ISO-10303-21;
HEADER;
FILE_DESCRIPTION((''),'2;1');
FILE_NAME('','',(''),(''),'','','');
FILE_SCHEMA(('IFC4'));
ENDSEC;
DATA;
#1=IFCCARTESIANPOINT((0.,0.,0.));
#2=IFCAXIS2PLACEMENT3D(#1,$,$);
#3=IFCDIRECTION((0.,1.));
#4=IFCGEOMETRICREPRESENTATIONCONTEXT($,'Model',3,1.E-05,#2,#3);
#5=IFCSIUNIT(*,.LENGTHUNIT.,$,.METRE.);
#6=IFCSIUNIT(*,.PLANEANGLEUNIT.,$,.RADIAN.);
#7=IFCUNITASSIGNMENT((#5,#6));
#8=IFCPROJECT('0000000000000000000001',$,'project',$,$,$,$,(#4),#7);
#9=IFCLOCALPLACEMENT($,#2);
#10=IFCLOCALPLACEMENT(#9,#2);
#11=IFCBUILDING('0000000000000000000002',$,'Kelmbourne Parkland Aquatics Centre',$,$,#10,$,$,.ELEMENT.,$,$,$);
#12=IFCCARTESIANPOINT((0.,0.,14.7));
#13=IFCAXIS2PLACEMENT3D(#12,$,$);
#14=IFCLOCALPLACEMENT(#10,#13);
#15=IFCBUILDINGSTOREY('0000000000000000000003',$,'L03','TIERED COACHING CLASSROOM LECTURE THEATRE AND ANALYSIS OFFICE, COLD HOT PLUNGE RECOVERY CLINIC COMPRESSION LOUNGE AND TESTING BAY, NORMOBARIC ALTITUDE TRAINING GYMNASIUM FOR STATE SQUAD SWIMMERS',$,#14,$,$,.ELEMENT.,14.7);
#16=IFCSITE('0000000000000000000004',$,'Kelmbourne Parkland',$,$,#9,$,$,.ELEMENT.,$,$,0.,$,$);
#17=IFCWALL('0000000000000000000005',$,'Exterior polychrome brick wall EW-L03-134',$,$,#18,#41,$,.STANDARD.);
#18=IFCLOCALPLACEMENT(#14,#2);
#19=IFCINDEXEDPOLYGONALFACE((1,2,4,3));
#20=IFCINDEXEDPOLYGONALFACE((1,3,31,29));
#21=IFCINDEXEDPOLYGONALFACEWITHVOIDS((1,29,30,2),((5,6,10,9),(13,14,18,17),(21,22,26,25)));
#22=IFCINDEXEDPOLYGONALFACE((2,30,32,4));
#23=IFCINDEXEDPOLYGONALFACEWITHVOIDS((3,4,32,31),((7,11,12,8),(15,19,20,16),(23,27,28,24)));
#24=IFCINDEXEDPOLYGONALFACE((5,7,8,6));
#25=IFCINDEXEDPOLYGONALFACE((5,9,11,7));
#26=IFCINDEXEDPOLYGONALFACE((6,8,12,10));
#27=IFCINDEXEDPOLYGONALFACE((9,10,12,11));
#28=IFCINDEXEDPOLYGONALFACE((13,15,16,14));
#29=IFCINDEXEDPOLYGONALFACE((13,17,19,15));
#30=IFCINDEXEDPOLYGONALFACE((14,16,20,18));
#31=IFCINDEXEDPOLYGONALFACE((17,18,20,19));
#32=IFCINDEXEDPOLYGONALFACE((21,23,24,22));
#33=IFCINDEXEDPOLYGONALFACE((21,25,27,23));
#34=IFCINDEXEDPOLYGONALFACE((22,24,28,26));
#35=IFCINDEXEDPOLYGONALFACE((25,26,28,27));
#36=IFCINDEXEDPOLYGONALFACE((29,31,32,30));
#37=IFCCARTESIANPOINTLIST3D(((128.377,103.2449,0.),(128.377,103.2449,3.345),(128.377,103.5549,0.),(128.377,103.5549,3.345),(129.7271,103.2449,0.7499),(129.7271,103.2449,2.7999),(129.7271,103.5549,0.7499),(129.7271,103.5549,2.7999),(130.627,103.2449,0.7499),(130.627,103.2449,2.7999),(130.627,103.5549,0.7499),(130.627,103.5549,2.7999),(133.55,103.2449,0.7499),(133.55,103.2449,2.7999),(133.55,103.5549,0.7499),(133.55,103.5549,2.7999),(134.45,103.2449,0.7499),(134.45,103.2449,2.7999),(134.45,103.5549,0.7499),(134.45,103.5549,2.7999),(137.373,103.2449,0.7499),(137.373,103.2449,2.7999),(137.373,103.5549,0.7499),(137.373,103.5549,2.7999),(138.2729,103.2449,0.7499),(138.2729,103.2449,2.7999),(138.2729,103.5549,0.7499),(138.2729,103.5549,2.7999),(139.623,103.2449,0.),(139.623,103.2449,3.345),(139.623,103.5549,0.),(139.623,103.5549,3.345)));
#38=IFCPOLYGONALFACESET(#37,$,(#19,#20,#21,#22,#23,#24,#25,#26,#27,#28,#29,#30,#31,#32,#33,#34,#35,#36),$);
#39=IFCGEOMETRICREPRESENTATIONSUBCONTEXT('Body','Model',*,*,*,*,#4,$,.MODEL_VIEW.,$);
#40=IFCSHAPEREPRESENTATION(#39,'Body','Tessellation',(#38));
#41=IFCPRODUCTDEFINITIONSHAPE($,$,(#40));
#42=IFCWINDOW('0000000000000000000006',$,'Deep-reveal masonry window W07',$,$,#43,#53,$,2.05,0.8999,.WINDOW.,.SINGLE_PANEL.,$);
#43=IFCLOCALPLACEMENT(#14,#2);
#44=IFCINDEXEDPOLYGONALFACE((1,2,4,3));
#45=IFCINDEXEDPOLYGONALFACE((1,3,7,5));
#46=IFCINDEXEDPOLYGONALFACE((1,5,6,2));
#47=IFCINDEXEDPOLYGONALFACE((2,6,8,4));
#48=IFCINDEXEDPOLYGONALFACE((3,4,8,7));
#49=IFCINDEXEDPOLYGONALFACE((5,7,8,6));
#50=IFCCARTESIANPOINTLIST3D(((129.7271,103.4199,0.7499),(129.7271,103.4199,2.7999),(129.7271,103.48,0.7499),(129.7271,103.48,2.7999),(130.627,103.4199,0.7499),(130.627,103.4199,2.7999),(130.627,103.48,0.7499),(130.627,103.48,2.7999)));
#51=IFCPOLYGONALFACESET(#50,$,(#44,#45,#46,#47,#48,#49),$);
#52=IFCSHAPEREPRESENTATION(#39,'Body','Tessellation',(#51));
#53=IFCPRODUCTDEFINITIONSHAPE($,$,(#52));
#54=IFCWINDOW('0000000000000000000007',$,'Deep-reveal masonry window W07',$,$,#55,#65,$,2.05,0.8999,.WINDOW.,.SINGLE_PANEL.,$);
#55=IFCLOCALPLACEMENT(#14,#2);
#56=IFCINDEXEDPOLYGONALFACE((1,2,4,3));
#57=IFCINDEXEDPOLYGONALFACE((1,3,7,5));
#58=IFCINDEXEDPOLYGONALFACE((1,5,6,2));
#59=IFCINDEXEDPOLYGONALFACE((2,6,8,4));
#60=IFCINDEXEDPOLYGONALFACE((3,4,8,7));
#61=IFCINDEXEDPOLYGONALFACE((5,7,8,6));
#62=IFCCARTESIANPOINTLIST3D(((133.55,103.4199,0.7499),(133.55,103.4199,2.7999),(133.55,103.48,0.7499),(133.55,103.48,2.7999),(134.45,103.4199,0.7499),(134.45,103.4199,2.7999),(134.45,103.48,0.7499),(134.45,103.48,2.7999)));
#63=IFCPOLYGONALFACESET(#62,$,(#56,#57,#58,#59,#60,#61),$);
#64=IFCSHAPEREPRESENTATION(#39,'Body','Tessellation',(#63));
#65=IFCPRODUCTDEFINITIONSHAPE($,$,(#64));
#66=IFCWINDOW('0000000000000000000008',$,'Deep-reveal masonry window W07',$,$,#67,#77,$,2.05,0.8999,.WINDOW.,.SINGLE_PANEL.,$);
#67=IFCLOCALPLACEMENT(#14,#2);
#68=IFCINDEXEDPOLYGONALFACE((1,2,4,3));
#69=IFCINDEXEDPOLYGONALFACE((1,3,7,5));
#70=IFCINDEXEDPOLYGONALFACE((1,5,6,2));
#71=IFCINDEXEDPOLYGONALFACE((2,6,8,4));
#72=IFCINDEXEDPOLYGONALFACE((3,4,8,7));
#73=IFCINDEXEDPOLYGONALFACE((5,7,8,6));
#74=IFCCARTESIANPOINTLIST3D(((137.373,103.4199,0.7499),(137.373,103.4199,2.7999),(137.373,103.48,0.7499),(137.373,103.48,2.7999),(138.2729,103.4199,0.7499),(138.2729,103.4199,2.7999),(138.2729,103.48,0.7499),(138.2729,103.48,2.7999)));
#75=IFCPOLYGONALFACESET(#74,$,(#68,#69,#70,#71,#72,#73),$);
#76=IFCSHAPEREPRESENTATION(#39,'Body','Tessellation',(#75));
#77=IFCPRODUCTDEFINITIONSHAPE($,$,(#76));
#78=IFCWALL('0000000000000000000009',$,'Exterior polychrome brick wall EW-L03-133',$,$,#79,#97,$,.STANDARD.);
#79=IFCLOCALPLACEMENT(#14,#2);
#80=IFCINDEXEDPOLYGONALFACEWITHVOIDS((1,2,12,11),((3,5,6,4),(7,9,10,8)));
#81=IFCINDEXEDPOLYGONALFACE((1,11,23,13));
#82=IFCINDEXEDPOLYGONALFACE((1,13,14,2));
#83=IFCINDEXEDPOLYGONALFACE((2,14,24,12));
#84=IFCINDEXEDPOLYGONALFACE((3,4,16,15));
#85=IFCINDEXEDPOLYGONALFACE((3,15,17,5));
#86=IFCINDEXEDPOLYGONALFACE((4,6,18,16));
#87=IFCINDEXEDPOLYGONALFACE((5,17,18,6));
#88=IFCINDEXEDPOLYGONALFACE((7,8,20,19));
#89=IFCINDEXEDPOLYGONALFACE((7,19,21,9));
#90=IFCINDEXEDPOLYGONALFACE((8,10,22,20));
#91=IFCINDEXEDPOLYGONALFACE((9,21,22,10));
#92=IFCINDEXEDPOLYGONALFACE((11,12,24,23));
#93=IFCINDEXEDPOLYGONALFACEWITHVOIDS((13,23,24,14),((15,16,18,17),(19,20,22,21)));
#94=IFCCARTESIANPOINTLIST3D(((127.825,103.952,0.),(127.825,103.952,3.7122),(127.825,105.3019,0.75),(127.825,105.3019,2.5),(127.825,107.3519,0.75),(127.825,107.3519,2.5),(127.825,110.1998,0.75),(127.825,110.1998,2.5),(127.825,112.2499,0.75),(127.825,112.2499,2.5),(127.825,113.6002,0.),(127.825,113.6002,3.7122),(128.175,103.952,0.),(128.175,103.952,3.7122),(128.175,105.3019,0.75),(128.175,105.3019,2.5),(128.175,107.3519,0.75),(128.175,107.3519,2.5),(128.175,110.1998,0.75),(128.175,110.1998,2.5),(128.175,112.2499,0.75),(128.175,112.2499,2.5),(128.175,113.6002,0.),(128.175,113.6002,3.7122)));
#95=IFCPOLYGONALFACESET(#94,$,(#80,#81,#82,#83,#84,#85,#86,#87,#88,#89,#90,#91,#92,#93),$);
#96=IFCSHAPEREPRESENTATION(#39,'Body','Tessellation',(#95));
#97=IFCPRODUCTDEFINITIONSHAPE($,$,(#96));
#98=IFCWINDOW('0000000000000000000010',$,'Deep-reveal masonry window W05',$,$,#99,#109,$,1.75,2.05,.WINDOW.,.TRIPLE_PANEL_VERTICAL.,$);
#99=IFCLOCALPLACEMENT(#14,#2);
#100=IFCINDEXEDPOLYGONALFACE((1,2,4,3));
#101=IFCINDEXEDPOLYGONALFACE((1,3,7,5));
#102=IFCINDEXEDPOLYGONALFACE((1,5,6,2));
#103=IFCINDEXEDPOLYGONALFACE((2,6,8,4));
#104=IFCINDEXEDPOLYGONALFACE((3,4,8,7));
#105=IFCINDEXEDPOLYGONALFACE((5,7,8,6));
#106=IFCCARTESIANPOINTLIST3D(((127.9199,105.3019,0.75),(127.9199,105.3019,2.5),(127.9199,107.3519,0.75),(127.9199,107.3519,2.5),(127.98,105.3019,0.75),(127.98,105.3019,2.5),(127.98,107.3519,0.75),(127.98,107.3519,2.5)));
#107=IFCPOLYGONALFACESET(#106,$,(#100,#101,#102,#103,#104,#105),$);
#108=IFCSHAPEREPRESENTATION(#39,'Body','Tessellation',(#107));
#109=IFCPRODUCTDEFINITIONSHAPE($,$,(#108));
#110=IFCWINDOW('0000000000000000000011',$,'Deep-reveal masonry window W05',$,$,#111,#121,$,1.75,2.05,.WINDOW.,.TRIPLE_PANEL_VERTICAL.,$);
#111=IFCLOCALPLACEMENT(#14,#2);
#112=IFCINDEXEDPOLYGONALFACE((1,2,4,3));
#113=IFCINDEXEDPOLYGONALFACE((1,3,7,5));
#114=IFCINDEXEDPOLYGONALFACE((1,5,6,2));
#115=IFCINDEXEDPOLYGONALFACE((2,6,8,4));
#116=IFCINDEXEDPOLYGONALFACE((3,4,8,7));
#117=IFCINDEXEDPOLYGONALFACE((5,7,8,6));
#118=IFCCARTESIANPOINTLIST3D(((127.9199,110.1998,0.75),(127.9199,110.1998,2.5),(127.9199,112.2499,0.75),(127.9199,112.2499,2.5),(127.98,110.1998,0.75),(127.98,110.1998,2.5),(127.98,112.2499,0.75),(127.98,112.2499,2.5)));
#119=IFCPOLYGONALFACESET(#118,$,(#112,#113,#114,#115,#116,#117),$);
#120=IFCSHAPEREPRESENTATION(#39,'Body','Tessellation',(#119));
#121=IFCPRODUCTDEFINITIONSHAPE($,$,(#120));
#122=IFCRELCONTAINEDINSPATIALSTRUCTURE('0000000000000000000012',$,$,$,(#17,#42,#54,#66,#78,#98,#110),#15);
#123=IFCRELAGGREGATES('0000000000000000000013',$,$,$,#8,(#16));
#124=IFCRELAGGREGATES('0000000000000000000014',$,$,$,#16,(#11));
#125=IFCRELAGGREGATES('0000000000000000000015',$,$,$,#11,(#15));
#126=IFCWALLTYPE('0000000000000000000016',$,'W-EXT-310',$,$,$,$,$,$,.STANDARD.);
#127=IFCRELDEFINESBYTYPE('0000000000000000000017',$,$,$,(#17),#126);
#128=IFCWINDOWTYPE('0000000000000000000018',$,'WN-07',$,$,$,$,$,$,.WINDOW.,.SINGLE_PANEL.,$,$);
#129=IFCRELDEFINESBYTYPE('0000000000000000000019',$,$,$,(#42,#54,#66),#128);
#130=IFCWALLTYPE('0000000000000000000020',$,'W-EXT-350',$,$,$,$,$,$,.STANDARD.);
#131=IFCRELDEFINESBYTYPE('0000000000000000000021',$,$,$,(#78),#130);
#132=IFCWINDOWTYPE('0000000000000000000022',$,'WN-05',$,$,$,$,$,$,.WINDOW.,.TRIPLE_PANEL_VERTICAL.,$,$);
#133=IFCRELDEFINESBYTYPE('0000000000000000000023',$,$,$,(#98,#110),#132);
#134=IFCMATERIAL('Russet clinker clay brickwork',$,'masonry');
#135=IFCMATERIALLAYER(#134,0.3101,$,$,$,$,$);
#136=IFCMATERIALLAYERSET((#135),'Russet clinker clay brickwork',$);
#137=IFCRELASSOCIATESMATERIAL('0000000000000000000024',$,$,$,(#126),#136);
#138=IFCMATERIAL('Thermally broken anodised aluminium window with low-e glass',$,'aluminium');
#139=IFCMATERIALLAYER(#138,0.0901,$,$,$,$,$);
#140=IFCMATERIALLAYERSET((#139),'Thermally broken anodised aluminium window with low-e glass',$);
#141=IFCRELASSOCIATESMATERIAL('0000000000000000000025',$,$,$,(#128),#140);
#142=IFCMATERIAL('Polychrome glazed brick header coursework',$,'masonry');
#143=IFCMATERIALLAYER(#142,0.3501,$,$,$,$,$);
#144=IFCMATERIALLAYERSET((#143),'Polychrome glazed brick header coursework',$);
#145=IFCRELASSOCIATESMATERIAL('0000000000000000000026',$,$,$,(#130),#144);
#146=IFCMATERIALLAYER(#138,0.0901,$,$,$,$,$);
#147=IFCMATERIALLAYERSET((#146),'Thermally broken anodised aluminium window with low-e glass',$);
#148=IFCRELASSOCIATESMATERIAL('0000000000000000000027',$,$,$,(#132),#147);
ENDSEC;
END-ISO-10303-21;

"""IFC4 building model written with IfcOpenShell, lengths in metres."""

from ifc_helpers import new_model, si_unit, direction, frame, frame_2d, origin, place, context, subcontext, project, spatial, rectangle, extrude, material, layer, layer_set, type_object, element, fill, save


model = new_model("IFC4")

# Units and contexts
model_context = context("Model", 3, precision=1e-05, world=origin(), true_north=direction((0.0, 1.0)))
body_context = subcontext(model_context, "Body", "Model", "MODEL_VIEW")
ifc_project = project(units=[si_unit("LENGTHUNIT", "METRE"), si_unit("PLANEANGLEUNIT", "RADIAN")], contexts=[model_context])

# Site, building, storey
site_placement = place(None, origin())
site = spatial("IfcSite", under=ifc_project, at=site_placement, Name="Kelmbourne Parkland", CompositionType="ELEMENT", RefElevation=0.0)
building_placement = place(site_placement, origin())
building = spatial("IfcBuilding", under=site, at=building_placement, Name="Kelmbourne Parkland Aquatics Centre", CompositionType="ELEMENT")
storey_placement = place(building_placement, frame((0.0, 0.0, 14.7)))
storey = spatial("IfcBuildingStorey", under=building, at=storey_placement, Name="L03", Description="TIERED COACHING CLASSROOM LECTURE THEATRE AND ANALYSIS OFFICE, COLD HOT PLUNGE RECOVERY CLINIC COMPRESSION LOUNGE AND TESTING BAY, NORMOBARIC ALTITUDE TRAINING GYMNASIUM FOR STATE SQUAD SWIMMERS", CompositionType="ELEMENT", Elevation=14.7)

# Walls, openings, windows
ifc_material_1 = material(Name="Russet clinker clay brickwork", Category="masonry")
ifc_layer_1 = layer(ifc_material_1, 0.3101)
ifc_layer_set_1 = layer_set([ifc_layer_1], Name="Russet clinker clay brickwork")
wall_type_1 = type_object("IfcWallType", Name="W-EXT-310", PredefinedType="STANDARD", material=ifc_layer_set_1)
wall_1_placement = place(storey_placement, frame((128.377, 103.3999, 0.0), z_axis=(0.0, 0.0, 1.0), x_axis=(1.0, 0.0, 0.0)))
wall_1 = element("IfcWall", 1, at=wall_1_placement, inside=storey, type_object=wall_type_1, Name="Exterior polychrome brick wall EW-L03-134", PredefinedType="STANDARD", context=body_context, shape_type="SweptSolid", body=[
    extrude(rectangle(XDim=11.2461, YDim=0.3101, at=frame_2d((5.623, 0.0))), origin(), (0.0, 0.0, 1.0), 3.345),
])
opening_1_placement = place(wall_1_placement, frame((1.3501, 0.0, 0.75)))
opening_1 = element("IfcOpeningElement", 2, at=opening_1_placement, cuts=wall_1, PredefinedType="OPENING", context=body_context, shape_type="SweptSolid", body=[
    extrude(rectangle(XDim=0.8999, YDim=2.05, at=frame_2d((0.45, 1.0249))), frame((0.0, 0.167, 0.0), z_axis=(0.0, -1.0, 0.0), x_axis=(1.0, 0.0, 0.0)), (0.0, 0.0, 1.0), 0.334),
])
opening_2_placement = place(wall_1_placement, frame((5.1731, 0.0, 0.75)))
opening_2 = element("IfcOpeningElement", 3, at=opening_2_placement, cuts=wall_1, PredefinedType="OPENING", context=body_context, shape_type="SweptSolid", body=[
    extrude(rectangle(XDim=0.8999, YDim=2.05, at=frame_2d((0.45, 1.0249))), frame((0.0, 0.167, 0.0), z_axis=(0.0, -1.0, 0.0), x_axis=(1.0, 0.0, 0.0)), (0.0, 0.0, 1.0), 0.334),
])
opening_3_placement = place(wall_1_placement, frame((8.9961, 0.0, 0.75)))
opening_3 = element("IfcOpeningElement", 4, at=opening_3_placement, cuts=wall_1, PredefinedType="OPENING", context=body_context, shape_type="SweptSolid", body=[
    extrude(rectangle(XDim=0.8999, YDim=2.05, at=frame_2d((0.45, 1.0249))), frame((0.0, 0.167, 0.0), z_axis=(0.0, -1.0, 0.0), x_axis=(1.0, 0.0, 0.0)), (0.0, 0.0, 1.0), 0.334),
])
ifc_material_2 = material(Name="Thermally broken anodised aluminium window with low-e glass", Category="aluminium")
ifc_layer_2 = layer(ifc_material_2, 0.0901)
ifc_layer_set_2 = layer_set([ifc_layer_2], Name="Thermally broken anodised aluminium window with low-e glass")
window_type_1 = type_object("IfcWindowType", Name="WN-07", PartitioningType="SINGLE_PANEL", PredefinedType="WINDOW", material=ifc_layer_set_2)
window_1_placement = place(opening_1_placement, origin())
window_1 = element("IfcWindow", 5, at=window_1_placement, inside=storey, type_object=window_type_1, Name="Deep-reveal masonry window W07", OverallHeight=2.05, OverallWidth=0.8999, PartitioningType="SINGLE_PANEL", PredefinedType="WINDOW", context=body_context, shape_type="SweptSolid", body=[
    extrude(rectangle(XDim=0.8999, YDim=2.05, at=frame_2d((0.45, 1.0249))), frame((0.0, 0.0801, 0.0), z_axis=(0.0, -1.0, 0.0), x_axis=(1.0, 0.0, 0.0)), (0.0, 0.0, 1.0), 0.0601),
])
fill(opening_1, window_1)
window_2_placement = place(opening_2_placement, origin())
window_2 = element("IfcWindow", 6, at=window_2_placement, inside=storey, type_object=window_type_1, Name="Deep-reveal masonry window W07", OverallHeight=2.05, OverallWidth=0.8999, PartitioningType="SINGLE_PANEL", PredefinedType="WINDOW", context=body_context, shape_type="SweptSolid", body=[
    extrude(rectangle(XDim=0.8999, YDim=2.05, at=frame_2d((0.45, 1.0249))), frame((0.0, 0.0801, 0.0), z_axis=(0.0, -1.0, 0.0), x_axis=(1.0, 0.0, 0.0)), (0.0, 0.0, 1.0), 0.0601),
])
fill(opening_2, window_2)
window_3_placement = place(opening_3_placement, origin())
window_3 = element("IfcWindow", 7, at=window_3_placement, inside=storey, type_object=window_type_1, Name="Deep-reveal masonry window W07", OverallHeight=2.05, OverallWidth=0.8999, PartitioningType="SINGLE_PANEL", PredefinedType="WINDOW", context=body_context, shape_type="SweptSolid", body=[
    extrude(rectangle(XDim=0.8999, YDim=2.05, at=frame_2d((0.45, 1.0249))), frame((0.0, 0.0801, 0.0), z_axis=(0.0, -1.0, 0.0), x_axis=(1.0, 0.0, 0.0)), (0.0, 0.0, 1.0), 0.0601),
])
fill(opening_3, window_3)
ifc_material_3 = material(Name="Polychrome glazed brick header coursework", Category="masonry")
ifc_layer_3 = layer(ifc_material_3, 0.3501)
ifc_layer_set_3 = layer_set([ifc_layer_3], Name="Polychrome glazed brick header coursework")
wall_type_2 = type_object("IfcWallType", Name="W-EXT-350", PredefinedType="STANDARD", material=ifc_layer_set_3)
wall_2_placement = place(storey_placement, frame((128.0, 103.9519, 0.0), z_axis=(0.0, 0.0, 1.0), x_axis=(0.0, 1.0, 0.0)))
wall_2 = element("IfcWall", 8, at=wall_2_placement, inside=storey, type_object=wall_type_2, Name="Exterior polychrome brick wall EW-L03-133", PredefinedType="STANDARD", context=body_context, shape_type="SweptSolid", body=[
    extrude(rectangle(XDim=9.6482, YDim=0.3501, at=frame_2d((4.8242, 0.0))), origin(), (0.0, 0.0, 1.0), 3.7122),
])
opening_4_placement = place(wall_2_placement, frame((1.3501, 0.0, 0.75)))
opening_4 = element("IfcOpeningElement", 9, at=opening_4_placement, cuts=wall_2, PredefinedType="OPENING", context=body_context, shape_type="SweptSolid", body=[
    extrude(rectangle(XDim=2.05, YDim=1.75, at=frame_2d((1.0249, 0.875))), frame((0.0, 0.187, 0.0), z_axis=(0.0, -1.0, 0.0), x_axis=(1.0, 0.0, 0.0)), (0.0, 0.0, 1.0), 0.374),
])
opening_5_placement = place(wall_2_placement, frame((6.248, 0.0, 0.75)))
opening_5 = element("IfcOpeningElement", 10, at=opening_5_placement, cuts=wall_2, PredefinedType="OPENING", context=body_context, shape_type="SweptSolid", body=[
    extrude(rectangle(XDim=2.05, YDim=1.75, at=frame_2d((1.0249, 0.875))), frame((0.0, 0.187, 0.0), z_axis=(0.0, -1.0, 0.0), x_axis=(1.0, 0.0, 0.0)), (0.0, 0.0, 1.0), 0.374),
])
ifc_layer_4 = layer(ifc_material_2, 0.0901)
ifc_layer_set_4 = layer_set([ifc_layer_4], Name="Thermally broken anodised aluminium window with low-e glass")
window_type_2 = type_object("IfcWindowType", Name="WN-05", PartitioningType="TRIPLE_PANEL_VERTICAL", PredefinedType="WINDOW", material=ifc_layer_set_4)
window_4_placement = place(opening_4_placement, origin())
window_4 = element("IfcWindow", 11, at=window_4_placement, inside=storey, type_object=window_type_2, Name="Deep-reveal masonry window W05", OverallHeight=1.75, OverallWidth=2.05, PartitioningType="TRIPLE_PANEL_VERTICAL", PredefinedType="WINDOW", context=body_context, shape_type="SweptSolid", body=[
    extrude(rectangle(XDim=2.05, YDim=1.75, at=frame_2d((1.0249, 0.875))), frame((0.0, 0.0801, 0.0), z_axis=(0.0, -1.0, 0.0), x_axis=(1.0, 0.0, 0.0)), (0.0, 0.0, 1.0), 0.0601),
])
fill(opening_4, window_4)
window_5_placement = place(opening_5_placement, origin())
window_5 = element("IfcWindow", 12, at=window_5_placement, inside=storey, type_object=window_type_2, Name="Deep-reveal masonry window W05", OverallHeight=1.75, OverallWidth=2.05, PartitioningType="TRIPLE_PANEL_VERTICAL", PredefinedType="WINDOW", context=body_context, shape_type="SweptSolid", body=[
    extrude(rectangle(XDim=2.05, YDim=1.75, at=frame_2d((1.0249, 0.875))), frame((0.0, 0.0801, 0.0), z_axis=(0.0, -1.0, 0.0), x_axis=(1.0, 0.0, 0.0)), (0.0, 0.0, 1.0), 0.0601),
])
fill(opening_5, window_5)

save(model, "model.ifc")
